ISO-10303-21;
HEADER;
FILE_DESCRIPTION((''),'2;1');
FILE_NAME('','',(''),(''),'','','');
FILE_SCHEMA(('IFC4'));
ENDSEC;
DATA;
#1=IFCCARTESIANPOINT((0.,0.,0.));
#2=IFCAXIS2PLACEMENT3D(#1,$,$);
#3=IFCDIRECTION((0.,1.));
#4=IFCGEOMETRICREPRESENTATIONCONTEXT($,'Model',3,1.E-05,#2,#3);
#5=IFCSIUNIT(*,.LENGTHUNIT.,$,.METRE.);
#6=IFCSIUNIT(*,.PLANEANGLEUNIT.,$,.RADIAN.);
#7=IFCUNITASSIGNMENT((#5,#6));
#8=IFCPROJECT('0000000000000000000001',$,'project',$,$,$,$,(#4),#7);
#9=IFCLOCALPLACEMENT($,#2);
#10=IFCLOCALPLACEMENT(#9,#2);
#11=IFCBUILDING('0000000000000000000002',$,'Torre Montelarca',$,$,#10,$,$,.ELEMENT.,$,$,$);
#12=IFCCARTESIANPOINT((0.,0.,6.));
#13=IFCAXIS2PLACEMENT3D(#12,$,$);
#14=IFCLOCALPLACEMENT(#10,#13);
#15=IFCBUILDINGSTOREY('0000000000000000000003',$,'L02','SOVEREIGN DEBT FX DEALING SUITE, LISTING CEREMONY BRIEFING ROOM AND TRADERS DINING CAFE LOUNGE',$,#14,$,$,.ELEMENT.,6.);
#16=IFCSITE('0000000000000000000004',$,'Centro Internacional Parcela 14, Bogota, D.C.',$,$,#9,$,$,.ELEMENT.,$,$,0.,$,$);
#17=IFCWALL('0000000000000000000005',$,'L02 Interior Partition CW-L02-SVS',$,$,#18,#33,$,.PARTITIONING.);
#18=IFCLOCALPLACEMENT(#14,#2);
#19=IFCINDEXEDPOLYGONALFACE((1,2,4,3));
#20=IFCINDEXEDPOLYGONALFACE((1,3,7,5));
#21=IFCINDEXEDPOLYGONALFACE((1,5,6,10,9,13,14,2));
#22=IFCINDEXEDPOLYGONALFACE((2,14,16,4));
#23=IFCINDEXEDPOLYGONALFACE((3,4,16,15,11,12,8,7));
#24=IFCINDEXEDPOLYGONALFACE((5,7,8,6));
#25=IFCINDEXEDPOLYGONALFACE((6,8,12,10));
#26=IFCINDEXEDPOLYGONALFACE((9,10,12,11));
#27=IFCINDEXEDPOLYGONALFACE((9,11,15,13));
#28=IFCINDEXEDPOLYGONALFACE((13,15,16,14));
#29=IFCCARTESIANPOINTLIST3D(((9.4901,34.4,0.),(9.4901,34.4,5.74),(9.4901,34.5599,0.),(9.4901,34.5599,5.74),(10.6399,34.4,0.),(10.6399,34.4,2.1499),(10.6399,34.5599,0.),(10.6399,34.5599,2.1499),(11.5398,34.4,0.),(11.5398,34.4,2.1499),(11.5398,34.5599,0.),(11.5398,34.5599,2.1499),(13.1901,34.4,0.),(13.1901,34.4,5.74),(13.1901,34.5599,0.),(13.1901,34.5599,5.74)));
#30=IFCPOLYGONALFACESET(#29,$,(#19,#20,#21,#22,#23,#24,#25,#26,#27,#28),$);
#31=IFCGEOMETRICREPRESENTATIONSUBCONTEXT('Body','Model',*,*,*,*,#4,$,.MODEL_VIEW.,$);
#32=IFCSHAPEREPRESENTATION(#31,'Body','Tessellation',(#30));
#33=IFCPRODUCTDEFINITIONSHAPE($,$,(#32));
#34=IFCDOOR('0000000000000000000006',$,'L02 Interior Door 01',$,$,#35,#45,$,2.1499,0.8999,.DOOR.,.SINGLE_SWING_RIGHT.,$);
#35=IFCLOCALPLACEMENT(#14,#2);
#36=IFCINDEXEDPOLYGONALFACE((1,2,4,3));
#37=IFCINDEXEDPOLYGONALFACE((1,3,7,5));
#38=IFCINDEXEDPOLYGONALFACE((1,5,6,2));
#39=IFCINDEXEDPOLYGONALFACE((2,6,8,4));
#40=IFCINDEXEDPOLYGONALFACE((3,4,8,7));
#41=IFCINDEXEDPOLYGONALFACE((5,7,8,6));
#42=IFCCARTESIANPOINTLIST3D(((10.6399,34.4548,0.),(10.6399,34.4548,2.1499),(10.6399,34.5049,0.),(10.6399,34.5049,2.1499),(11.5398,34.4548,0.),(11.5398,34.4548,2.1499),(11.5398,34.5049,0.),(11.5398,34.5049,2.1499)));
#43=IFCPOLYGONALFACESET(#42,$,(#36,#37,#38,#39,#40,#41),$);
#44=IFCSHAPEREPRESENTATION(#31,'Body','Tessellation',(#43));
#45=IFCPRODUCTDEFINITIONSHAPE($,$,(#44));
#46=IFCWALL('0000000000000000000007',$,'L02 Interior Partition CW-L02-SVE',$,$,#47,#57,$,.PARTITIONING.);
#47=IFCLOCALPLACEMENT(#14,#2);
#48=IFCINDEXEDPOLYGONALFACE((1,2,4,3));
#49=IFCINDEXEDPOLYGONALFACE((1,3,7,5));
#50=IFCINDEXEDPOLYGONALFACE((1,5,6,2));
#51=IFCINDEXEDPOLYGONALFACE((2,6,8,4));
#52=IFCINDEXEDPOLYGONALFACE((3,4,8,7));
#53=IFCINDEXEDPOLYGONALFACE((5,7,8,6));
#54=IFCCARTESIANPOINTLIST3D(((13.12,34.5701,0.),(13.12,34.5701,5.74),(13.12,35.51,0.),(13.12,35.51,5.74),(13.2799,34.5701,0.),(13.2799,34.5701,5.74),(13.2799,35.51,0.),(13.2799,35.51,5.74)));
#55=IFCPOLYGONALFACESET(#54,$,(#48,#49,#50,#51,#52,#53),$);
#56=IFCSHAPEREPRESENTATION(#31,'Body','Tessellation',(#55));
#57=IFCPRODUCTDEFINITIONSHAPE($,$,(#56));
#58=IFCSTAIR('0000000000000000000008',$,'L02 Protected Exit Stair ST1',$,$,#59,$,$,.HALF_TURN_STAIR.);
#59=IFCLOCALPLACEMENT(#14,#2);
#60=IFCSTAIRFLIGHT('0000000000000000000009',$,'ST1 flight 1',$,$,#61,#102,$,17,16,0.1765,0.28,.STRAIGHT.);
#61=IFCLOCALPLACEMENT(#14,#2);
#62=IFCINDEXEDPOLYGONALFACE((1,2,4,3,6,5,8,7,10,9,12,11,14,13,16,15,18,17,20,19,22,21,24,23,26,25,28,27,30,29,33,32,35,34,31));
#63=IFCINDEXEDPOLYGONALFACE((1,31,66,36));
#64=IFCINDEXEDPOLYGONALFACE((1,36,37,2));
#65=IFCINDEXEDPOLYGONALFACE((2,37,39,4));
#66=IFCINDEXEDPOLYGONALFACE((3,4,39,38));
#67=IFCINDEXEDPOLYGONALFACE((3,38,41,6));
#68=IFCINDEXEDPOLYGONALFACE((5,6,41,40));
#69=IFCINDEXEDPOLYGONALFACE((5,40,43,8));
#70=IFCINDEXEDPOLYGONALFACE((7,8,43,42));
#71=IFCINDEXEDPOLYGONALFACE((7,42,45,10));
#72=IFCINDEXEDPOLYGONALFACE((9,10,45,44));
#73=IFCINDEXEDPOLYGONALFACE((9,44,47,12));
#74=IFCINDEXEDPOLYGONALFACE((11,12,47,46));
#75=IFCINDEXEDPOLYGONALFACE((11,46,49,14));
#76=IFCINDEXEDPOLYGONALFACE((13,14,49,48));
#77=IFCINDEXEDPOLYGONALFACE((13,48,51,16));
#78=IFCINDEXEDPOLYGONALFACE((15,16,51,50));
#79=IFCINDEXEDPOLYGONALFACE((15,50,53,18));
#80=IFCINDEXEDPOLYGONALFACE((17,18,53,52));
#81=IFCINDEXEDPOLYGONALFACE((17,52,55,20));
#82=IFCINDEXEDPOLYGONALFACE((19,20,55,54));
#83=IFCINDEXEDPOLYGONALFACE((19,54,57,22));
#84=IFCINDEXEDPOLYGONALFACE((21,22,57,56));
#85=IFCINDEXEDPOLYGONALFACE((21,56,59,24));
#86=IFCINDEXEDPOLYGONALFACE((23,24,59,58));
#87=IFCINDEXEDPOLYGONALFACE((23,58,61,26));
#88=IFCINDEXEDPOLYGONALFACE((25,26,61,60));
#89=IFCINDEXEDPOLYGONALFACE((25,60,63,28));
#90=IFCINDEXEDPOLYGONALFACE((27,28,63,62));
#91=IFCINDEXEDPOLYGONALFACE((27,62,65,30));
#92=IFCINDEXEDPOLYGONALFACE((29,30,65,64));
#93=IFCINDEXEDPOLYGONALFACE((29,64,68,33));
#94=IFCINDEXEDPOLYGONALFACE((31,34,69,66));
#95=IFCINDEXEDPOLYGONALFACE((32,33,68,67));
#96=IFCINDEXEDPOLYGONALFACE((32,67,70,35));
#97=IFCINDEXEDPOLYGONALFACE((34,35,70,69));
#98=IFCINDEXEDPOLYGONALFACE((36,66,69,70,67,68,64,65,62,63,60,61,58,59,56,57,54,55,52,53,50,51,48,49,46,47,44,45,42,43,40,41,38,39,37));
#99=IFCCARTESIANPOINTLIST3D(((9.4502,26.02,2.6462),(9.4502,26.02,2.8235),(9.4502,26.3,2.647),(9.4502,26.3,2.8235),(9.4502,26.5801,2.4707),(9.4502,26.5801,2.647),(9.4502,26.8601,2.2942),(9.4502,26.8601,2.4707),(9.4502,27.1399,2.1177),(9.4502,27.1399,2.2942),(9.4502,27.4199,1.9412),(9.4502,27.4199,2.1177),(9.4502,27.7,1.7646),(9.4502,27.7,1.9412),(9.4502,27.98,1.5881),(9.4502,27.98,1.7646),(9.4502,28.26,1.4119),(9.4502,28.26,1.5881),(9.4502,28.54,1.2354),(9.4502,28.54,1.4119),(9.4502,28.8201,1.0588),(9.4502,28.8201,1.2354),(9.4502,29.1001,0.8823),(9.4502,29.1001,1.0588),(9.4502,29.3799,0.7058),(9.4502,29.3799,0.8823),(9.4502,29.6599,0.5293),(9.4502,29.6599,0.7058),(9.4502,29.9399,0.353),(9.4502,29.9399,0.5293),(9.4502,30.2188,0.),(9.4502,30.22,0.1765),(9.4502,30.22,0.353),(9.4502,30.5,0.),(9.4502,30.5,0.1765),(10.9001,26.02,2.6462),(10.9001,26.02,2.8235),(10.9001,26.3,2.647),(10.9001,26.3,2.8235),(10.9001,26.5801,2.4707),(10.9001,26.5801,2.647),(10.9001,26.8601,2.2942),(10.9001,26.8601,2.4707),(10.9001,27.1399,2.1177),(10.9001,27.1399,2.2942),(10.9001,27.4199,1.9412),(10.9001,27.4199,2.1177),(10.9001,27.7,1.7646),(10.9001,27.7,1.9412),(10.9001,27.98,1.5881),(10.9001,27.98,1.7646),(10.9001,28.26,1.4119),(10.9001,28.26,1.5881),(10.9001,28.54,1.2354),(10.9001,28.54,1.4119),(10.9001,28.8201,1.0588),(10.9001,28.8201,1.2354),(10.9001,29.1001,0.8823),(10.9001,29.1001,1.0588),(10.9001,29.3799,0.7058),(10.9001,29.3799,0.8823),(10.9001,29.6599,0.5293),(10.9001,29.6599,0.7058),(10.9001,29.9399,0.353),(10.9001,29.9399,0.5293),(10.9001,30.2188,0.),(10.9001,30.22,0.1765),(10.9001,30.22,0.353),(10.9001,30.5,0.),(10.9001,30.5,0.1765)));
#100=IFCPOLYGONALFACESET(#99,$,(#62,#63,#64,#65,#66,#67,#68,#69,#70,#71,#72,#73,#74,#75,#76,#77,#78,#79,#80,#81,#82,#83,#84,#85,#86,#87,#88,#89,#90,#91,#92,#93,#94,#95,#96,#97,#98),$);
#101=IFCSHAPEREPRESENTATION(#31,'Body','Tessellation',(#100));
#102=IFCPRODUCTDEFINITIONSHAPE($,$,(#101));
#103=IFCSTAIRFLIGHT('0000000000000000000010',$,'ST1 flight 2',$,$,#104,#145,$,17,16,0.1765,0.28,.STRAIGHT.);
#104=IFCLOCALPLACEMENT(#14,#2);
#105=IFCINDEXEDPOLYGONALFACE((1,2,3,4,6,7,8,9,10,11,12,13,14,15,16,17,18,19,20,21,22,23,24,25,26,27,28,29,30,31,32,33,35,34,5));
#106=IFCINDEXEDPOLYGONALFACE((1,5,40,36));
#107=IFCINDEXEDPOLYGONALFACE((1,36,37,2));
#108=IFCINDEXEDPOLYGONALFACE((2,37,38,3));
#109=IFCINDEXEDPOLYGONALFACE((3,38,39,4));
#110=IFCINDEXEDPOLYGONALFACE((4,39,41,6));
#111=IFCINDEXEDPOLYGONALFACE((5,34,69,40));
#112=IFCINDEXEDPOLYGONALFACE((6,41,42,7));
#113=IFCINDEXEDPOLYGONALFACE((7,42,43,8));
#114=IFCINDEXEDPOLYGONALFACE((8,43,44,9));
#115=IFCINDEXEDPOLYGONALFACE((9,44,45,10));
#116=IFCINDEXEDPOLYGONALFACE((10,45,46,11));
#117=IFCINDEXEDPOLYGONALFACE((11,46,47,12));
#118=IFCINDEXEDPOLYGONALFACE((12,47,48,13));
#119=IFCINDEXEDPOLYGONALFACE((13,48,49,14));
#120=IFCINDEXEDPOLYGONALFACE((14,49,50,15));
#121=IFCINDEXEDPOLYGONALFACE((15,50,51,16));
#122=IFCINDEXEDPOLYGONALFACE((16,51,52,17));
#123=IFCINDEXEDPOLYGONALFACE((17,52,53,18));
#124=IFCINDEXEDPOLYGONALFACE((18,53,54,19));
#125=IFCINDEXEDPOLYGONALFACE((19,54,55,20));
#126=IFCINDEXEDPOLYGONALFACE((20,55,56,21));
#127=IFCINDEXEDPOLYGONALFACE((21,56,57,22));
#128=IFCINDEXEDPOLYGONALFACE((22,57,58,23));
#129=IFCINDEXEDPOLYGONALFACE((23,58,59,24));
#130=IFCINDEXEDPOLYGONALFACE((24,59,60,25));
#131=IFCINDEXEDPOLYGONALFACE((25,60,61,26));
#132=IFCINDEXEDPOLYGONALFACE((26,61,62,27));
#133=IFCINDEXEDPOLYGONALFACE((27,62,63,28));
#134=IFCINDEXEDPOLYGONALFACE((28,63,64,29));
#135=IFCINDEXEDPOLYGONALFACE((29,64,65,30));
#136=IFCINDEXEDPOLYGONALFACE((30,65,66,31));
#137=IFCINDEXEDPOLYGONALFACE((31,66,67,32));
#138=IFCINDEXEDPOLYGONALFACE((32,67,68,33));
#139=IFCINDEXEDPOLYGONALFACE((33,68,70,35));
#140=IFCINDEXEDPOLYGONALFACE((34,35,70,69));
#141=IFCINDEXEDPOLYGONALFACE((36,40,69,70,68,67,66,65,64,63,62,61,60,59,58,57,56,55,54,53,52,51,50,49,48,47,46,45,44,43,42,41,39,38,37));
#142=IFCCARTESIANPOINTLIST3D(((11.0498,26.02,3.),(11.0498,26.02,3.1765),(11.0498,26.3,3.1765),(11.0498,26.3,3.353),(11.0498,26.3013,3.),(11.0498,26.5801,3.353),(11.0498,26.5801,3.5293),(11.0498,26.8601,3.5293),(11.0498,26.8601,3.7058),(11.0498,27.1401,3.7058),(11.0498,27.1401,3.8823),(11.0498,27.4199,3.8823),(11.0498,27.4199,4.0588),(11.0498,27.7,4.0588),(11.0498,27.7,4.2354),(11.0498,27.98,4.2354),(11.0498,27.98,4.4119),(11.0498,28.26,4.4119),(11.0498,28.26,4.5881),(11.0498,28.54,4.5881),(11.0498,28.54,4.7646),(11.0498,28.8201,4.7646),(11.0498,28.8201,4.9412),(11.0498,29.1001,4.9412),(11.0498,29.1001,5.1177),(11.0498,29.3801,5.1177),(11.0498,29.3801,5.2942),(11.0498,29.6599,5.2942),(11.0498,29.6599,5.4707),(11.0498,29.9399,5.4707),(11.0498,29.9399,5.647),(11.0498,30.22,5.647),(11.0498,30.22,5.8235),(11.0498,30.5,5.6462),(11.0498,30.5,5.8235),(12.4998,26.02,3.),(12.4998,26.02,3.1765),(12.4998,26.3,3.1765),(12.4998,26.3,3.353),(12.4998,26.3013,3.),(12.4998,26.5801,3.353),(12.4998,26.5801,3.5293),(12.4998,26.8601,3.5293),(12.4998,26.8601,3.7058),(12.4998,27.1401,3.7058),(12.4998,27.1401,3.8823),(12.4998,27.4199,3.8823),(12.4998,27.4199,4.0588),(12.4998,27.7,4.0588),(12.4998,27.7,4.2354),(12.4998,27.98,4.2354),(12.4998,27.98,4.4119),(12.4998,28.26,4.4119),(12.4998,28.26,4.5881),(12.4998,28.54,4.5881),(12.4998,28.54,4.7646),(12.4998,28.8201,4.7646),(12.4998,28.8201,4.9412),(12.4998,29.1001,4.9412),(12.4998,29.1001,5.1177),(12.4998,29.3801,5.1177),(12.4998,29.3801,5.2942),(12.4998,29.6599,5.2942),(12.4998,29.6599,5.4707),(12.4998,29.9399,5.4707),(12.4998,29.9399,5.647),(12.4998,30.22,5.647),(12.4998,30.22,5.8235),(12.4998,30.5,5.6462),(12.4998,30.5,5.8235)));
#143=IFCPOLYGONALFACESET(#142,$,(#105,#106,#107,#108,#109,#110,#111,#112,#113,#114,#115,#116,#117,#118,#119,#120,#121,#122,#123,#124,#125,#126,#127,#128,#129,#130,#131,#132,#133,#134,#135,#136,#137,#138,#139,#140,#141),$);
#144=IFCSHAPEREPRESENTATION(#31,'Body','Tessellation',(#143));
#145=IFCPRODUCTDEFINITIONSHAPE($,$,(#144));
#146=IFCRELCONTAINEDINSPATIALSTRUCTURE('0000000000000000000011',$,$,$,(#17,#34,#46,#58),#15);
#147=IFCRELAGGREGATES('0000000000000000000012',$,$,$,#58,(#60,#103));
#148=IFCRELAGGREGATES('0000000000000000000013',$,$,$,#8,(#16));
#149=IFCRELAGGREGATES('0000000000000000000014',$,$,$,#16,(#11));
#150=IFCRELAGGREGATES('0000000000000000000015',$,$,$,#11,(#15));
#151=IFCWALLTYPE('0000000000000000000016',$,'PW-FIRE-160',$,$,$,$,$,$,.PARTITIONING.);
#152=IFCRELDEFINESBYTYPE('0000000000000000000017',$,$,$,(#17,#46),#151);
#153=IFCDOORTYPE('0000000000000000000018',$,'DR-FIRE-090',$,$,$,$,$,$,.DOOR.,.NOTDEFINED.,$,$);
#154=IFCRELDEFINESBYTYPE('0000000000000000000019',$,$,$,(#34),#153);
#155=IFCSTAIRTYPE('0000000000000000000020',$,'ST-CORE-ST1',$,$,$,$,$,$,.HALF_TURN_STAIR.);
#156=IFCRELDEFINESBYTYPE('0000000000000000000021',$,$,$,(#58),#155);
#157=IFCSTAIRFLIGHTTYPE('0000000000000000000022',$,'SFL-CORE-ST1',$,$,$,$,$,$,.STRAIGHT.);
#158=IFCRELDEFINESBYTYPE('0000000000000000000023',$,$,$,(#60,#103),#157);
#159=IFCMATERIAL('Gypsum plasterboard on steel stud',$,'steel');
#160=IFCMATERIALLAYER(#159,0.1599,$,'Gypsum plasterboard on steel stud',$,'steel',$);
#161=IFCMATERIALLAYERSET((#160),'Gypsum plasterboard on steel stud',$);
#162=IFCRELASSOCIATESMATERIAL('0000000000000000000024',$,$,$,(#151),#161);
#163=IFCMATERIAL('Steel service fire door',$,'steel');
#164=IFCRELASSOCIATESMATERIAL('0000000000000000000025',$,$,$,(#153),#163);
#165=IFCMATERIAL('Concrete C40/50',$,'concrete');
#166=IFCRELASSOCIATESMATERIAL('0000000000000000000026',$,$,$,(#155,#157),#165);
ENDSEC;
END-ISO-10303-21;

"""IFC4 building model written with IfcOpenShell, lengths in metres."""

from ifc_helpers import new_model, si_unit, direction, frame, frame_2d, origin, place, context, subcontext, project, spatial, polyline, rectangle, outline, extrude, source, transform, mapped, material, layer, layer_set, type_object, element, fill, aggregate, save


model = new_model("IFC4")

# Units and contexts
model_context = context("Model", 3, precision=1e-05, world=origin(), true_north=direction((0.0, 1.0)))
body_context = subcontext(model_context, "Body", "Model", "MODEL_VIEW")
ifc_project = project(units=[si_unit("LENGTHUNIT", "METRE"), si_unit("PLANEANGLEUNIT", "RADIAN")], contexts=[model_context])

# Site, building, storey
site_placement = place(None, origin())
site = spatial("IfcSite", under=ifc_project, at=site_placement, Name="Centro Internacional Parcela 14, Bogota, D.C.", CompositionType="ELEMENT", RefElevation=0.0)
building_placement = place(site_placement, origin())
building = spatial("IfcBuilding", under=site, at=building_placement, Name="Torre Montelarca", CompositionType="ELEMENT")
storey_placement = place(building_placement, frame((0.0, 0.0, 6.0)))
storey = spatial("IfcBuildingStorey", under=building, at=storey_placement, Name="L02", Description="SOVEREIGN DEBT FX DEALING SUITE, LISTING CEREMONY BRIEFING ROOM AND TRADERS DINING CAFE LOUNGE", CompositionType="ELEMENT", Elevation=6.0)

# Shared definitions
ifc_material_1 = material(Name="Concrete C40/50", Category="concrete")

# Wall, opening, door
ifc_material_2 = material(Name="Gypsum plasterboard on steel stud", Category="steel")
ifc_layer_1 = layer(ifc_material_2, 0.1599, Name="Gypsum plasterboard on steel stud", Category="steel")
ifc_layer_set_1 = layer_set([ifc_layer_1], Name="Gypsum plasterboard on steel stud")
wall_type_1 = type_object("IfcWallType", Name="PW-FIRE-160", PredefinedType="PARTITIONING", material=ifc_layer_set_1)
wall_1_placement = place(storey_placement, frame((9.49, 34.48, 0.0), z_axis=(0.0, 0.0, 1.0), x_axis=(1.0, 0.0, 0.0)))
wall_1 = element("IfcWall", 1, at=wall_1_placement, inside=storey, type_object=wall_type_1, Name="L02 Interior Partition CW-L02-SVS", PredefinedType="PARTITIONING", context=body_context, shape_type="SweptSolid", body=[
    extrude(rectangle(XDim=3.7, YDim=0.1599, at=frame_2d((1.8501, 0.0))), origin(), (0.0, 0.0, 1.0), 5.74),
])
opening_1_placement = place(wall_1_placement, frame((1.1499, 0.0, 0.0)))
opening_1 = element("IfcOpeningElement", 2, at=opening_1_placement, cuts=wall_1, PredefinedType="OPENING", context=body_context, shape_type="SweptSolid", body=[
    extrude(rectangle(XDim=0.8999, YDim=2.1499, at=frame_2d((0.45, 1.075))), frame((0.0, 0.0898, 0.0), z_axis=(0.0, -1.0, 0.0), x_axis=(1.0, 0.0, 0.0)), (0.0, 0.0, 1.0), 0.1799),
])
ifc_material_3 = material(Name="Steel service fire door", Category="steel")
door_type_1 = type_object("IfcDoorType", Name="DR-FIRE-090", OperationType="NOTDEFINED", PredefinedType="DOOR", material=ifc_material_3)
shared_shape_1 = source(origin(), body_context, "Body", "SweptSolid", [
    extrude(rectangle(XDim=0.8999, YDim=2.1499, at=frame_2d((0.45, 1.075))), frame((0.0, 0.0249, 0.0), z_axis=(0.0, -1.0, 0.0), x_axis=(1.0, 0.0, 0.0)), (0.0, 0.0, 1.0), 0.05),
])
door_1_placement = place(opening_1_placement, origin())
door_1 = element("IfcDoor", 3, at=door_1_placement, inside=storey, type_object=door_type_1, Name="L02 Interior Door 01", OperationType="SINGLE_SWING_RIGHT", OverallHeight=2.1499, OverallWidth=0.8999, PredefinedType="DOOR", context=body_context, shape_type="MappedRepresentation", body=[
    mapped(shared_shape_1, transform((0.0, 0.0, 0.0), scale=1.0)),
])
fill(opening_1, door_1)

# Wall
wall_2_placement = place(storey_placement, frame((13.2, 34.5701, 0.0), z_axis=(0.0, 0.0, 1.0), x_axis=(0.0, 1.0, 0.0)))
element("IfcWall", 4, at=wall_2_placement, inside=storey, type_object=wall_type_1, Name="L02 Interior Partition CW-L02-SVE", PredefinedType="PARTITIONING", context=body_context, shape_type="SweptSolid", body=[
    extrude(rectangle(XDim=0.9399, YDim=0.1599, at=frame_2d((0.47, 0.0))), origin(), (0.0, 0.0, 1.0), 5.74),
])

# Stair, stair flights
stair_type = type_object("IfcStairType", Name="ST-CORE-ST1", PredefinedType="HALF_TURN_STAIR", material=ifc_material_1)
stair_placement = place(storey_placement, origin())
stair = element("IfcStair", 5, at=stair_placement, inside=storey, type_object=stair_type, Name="L02 Protected Exit Stair ST1", PredefinedType="HALF_TURN_STAIR")
stair_flight_type = type_object("IfcStairFlightType", Name="SFL-CORE-ST1", PredefinedType="STRAIGHT", material=ifc_material_1)
stair_flight_1_placement = place(storey_placement, frame((10.175, 30.5, 0.0), z_axis=(0.0, 0.0, 1.0), x_axis=(0.0, -1.0, 0.0)))
stair_flight_1 = element("IfcStairFlight", 6, at=stair_flight_1_placement, type_object=stair_flight_type, Name="ST1 flight 1", NumberOfRisers=17, NumberOfTreads=16, PredefinedType="STRAIGHT", RiserHeight=0.1765, TreadLength=0.28, context=body_context, shape_type="SweptSolid", body=[
    extrude(outline(polyline([(0.0, 0.0), (0.0, 0.1765), (0.28, 0.1765), (0.28, 0.353), (0.5601, 0.353), (0.5601, 0.5293), (0.8401, 0.5293), (0.8401, 0.7058), (1.1201, 0.7058), (1.1201, 0.8823), (1.3999, 0.8823), (1.3999, 1.0588), (1.6799, 1.0588), (1.6799, 1.2354), (1.96, 1.2354), (1.96, 1.4119), (2.24, 1.4119), (2.24, 1.5881), (2.52, 1.5881), (2.52, 1.7646), (2.8, 1.7646), (2.8, 1.9412), (3.0801, 1.9412), (3.0801, 2.1177), (3.3601, 2.1177), (3.3601, 2.2942), (3.6399, 2.2942), (3.6399, 2.4707), (3.9199, 2.4707), (3.9199, 2.647), (4.2, 2.647), (4.2, 2.8235), (4.48, 2.8235), (4.48, 3.0), (4.48, 2.6462), (0.2812, 0.0), (0.0, 0.0)])), frame((0.0, 0.7251, 0.0), z_axis=(0.0, -1.0, 0.0), x_axis=(1.0, 0.0, 0.0)), (0.0, 0.0, 1.0), 1.45),
])
stair_flight_2_placement = place(storey_placement, frame((11.7749, 26.02, 3.0), z_axis=(0.0, 0.0, 1.0), x_axis=(0.0, 1.0, 0.0)))
stair_flight_2 = element("IfcStairFlight", 7, at=stair_flight_2_placement, type_object=stair_flight_type, Name="ST1 flight 2", NumberOfRisers=17, NumberOfTreads=16, PredefinedType="STRAIGHT", RiserHeight=0.1765, TreadLength=0.28, context=body_context, shape_type="SweptSolid", body=[
    extrude(outline(polyline([(0.0, 0.0), (0.0, 0.1765), (0.28, 0.1765), (0.28, 0.353), (0.5601, 0.353), (0.5601, 0.5293), (0.8401, 0.5293), (0.8401, 0.7058), (1.1201, 0.7058), (1.1201, 0.8823), (1.3999, 0.8823), (1.3999, 1.0588), (1.6799, 1.0588), (1.6799, 1.2354), (1.96, 1.2354), (1.96, 1.4119), (2.24, 1.4119), (2.24, 1.5881), (2.52, 1.5881), (2.52, 1.7646), (2.8, 1.7646), (2.8, 1.9412), (3.0801, 1.9412), (3.0801, 2.1177), (3.3601, 2.1177), (3.3601, 2.2942), (3.6399, 2.2942), (3.6399, 2.4707), (3.9199, 2.4707), (3.9199, 2.647), (4.2, 2.647), (4.2, 2.8235), (4.48, 2.8235), (4.48, 3.0), (4.48, 2.6462), (0.2812, 0.0), (0.0, 0.0)])), frame((0.0, 0.7251, 0.0), z_axis=(0.0, -1.0, 0.0), x_axis=(1.0, 0.0, 0.0)), (0.0, 0.0, 1.0), 1.45),
])
aggregate(stair, [stair_flight_1, stair_flight_2])

save(model, "model.ifc")
